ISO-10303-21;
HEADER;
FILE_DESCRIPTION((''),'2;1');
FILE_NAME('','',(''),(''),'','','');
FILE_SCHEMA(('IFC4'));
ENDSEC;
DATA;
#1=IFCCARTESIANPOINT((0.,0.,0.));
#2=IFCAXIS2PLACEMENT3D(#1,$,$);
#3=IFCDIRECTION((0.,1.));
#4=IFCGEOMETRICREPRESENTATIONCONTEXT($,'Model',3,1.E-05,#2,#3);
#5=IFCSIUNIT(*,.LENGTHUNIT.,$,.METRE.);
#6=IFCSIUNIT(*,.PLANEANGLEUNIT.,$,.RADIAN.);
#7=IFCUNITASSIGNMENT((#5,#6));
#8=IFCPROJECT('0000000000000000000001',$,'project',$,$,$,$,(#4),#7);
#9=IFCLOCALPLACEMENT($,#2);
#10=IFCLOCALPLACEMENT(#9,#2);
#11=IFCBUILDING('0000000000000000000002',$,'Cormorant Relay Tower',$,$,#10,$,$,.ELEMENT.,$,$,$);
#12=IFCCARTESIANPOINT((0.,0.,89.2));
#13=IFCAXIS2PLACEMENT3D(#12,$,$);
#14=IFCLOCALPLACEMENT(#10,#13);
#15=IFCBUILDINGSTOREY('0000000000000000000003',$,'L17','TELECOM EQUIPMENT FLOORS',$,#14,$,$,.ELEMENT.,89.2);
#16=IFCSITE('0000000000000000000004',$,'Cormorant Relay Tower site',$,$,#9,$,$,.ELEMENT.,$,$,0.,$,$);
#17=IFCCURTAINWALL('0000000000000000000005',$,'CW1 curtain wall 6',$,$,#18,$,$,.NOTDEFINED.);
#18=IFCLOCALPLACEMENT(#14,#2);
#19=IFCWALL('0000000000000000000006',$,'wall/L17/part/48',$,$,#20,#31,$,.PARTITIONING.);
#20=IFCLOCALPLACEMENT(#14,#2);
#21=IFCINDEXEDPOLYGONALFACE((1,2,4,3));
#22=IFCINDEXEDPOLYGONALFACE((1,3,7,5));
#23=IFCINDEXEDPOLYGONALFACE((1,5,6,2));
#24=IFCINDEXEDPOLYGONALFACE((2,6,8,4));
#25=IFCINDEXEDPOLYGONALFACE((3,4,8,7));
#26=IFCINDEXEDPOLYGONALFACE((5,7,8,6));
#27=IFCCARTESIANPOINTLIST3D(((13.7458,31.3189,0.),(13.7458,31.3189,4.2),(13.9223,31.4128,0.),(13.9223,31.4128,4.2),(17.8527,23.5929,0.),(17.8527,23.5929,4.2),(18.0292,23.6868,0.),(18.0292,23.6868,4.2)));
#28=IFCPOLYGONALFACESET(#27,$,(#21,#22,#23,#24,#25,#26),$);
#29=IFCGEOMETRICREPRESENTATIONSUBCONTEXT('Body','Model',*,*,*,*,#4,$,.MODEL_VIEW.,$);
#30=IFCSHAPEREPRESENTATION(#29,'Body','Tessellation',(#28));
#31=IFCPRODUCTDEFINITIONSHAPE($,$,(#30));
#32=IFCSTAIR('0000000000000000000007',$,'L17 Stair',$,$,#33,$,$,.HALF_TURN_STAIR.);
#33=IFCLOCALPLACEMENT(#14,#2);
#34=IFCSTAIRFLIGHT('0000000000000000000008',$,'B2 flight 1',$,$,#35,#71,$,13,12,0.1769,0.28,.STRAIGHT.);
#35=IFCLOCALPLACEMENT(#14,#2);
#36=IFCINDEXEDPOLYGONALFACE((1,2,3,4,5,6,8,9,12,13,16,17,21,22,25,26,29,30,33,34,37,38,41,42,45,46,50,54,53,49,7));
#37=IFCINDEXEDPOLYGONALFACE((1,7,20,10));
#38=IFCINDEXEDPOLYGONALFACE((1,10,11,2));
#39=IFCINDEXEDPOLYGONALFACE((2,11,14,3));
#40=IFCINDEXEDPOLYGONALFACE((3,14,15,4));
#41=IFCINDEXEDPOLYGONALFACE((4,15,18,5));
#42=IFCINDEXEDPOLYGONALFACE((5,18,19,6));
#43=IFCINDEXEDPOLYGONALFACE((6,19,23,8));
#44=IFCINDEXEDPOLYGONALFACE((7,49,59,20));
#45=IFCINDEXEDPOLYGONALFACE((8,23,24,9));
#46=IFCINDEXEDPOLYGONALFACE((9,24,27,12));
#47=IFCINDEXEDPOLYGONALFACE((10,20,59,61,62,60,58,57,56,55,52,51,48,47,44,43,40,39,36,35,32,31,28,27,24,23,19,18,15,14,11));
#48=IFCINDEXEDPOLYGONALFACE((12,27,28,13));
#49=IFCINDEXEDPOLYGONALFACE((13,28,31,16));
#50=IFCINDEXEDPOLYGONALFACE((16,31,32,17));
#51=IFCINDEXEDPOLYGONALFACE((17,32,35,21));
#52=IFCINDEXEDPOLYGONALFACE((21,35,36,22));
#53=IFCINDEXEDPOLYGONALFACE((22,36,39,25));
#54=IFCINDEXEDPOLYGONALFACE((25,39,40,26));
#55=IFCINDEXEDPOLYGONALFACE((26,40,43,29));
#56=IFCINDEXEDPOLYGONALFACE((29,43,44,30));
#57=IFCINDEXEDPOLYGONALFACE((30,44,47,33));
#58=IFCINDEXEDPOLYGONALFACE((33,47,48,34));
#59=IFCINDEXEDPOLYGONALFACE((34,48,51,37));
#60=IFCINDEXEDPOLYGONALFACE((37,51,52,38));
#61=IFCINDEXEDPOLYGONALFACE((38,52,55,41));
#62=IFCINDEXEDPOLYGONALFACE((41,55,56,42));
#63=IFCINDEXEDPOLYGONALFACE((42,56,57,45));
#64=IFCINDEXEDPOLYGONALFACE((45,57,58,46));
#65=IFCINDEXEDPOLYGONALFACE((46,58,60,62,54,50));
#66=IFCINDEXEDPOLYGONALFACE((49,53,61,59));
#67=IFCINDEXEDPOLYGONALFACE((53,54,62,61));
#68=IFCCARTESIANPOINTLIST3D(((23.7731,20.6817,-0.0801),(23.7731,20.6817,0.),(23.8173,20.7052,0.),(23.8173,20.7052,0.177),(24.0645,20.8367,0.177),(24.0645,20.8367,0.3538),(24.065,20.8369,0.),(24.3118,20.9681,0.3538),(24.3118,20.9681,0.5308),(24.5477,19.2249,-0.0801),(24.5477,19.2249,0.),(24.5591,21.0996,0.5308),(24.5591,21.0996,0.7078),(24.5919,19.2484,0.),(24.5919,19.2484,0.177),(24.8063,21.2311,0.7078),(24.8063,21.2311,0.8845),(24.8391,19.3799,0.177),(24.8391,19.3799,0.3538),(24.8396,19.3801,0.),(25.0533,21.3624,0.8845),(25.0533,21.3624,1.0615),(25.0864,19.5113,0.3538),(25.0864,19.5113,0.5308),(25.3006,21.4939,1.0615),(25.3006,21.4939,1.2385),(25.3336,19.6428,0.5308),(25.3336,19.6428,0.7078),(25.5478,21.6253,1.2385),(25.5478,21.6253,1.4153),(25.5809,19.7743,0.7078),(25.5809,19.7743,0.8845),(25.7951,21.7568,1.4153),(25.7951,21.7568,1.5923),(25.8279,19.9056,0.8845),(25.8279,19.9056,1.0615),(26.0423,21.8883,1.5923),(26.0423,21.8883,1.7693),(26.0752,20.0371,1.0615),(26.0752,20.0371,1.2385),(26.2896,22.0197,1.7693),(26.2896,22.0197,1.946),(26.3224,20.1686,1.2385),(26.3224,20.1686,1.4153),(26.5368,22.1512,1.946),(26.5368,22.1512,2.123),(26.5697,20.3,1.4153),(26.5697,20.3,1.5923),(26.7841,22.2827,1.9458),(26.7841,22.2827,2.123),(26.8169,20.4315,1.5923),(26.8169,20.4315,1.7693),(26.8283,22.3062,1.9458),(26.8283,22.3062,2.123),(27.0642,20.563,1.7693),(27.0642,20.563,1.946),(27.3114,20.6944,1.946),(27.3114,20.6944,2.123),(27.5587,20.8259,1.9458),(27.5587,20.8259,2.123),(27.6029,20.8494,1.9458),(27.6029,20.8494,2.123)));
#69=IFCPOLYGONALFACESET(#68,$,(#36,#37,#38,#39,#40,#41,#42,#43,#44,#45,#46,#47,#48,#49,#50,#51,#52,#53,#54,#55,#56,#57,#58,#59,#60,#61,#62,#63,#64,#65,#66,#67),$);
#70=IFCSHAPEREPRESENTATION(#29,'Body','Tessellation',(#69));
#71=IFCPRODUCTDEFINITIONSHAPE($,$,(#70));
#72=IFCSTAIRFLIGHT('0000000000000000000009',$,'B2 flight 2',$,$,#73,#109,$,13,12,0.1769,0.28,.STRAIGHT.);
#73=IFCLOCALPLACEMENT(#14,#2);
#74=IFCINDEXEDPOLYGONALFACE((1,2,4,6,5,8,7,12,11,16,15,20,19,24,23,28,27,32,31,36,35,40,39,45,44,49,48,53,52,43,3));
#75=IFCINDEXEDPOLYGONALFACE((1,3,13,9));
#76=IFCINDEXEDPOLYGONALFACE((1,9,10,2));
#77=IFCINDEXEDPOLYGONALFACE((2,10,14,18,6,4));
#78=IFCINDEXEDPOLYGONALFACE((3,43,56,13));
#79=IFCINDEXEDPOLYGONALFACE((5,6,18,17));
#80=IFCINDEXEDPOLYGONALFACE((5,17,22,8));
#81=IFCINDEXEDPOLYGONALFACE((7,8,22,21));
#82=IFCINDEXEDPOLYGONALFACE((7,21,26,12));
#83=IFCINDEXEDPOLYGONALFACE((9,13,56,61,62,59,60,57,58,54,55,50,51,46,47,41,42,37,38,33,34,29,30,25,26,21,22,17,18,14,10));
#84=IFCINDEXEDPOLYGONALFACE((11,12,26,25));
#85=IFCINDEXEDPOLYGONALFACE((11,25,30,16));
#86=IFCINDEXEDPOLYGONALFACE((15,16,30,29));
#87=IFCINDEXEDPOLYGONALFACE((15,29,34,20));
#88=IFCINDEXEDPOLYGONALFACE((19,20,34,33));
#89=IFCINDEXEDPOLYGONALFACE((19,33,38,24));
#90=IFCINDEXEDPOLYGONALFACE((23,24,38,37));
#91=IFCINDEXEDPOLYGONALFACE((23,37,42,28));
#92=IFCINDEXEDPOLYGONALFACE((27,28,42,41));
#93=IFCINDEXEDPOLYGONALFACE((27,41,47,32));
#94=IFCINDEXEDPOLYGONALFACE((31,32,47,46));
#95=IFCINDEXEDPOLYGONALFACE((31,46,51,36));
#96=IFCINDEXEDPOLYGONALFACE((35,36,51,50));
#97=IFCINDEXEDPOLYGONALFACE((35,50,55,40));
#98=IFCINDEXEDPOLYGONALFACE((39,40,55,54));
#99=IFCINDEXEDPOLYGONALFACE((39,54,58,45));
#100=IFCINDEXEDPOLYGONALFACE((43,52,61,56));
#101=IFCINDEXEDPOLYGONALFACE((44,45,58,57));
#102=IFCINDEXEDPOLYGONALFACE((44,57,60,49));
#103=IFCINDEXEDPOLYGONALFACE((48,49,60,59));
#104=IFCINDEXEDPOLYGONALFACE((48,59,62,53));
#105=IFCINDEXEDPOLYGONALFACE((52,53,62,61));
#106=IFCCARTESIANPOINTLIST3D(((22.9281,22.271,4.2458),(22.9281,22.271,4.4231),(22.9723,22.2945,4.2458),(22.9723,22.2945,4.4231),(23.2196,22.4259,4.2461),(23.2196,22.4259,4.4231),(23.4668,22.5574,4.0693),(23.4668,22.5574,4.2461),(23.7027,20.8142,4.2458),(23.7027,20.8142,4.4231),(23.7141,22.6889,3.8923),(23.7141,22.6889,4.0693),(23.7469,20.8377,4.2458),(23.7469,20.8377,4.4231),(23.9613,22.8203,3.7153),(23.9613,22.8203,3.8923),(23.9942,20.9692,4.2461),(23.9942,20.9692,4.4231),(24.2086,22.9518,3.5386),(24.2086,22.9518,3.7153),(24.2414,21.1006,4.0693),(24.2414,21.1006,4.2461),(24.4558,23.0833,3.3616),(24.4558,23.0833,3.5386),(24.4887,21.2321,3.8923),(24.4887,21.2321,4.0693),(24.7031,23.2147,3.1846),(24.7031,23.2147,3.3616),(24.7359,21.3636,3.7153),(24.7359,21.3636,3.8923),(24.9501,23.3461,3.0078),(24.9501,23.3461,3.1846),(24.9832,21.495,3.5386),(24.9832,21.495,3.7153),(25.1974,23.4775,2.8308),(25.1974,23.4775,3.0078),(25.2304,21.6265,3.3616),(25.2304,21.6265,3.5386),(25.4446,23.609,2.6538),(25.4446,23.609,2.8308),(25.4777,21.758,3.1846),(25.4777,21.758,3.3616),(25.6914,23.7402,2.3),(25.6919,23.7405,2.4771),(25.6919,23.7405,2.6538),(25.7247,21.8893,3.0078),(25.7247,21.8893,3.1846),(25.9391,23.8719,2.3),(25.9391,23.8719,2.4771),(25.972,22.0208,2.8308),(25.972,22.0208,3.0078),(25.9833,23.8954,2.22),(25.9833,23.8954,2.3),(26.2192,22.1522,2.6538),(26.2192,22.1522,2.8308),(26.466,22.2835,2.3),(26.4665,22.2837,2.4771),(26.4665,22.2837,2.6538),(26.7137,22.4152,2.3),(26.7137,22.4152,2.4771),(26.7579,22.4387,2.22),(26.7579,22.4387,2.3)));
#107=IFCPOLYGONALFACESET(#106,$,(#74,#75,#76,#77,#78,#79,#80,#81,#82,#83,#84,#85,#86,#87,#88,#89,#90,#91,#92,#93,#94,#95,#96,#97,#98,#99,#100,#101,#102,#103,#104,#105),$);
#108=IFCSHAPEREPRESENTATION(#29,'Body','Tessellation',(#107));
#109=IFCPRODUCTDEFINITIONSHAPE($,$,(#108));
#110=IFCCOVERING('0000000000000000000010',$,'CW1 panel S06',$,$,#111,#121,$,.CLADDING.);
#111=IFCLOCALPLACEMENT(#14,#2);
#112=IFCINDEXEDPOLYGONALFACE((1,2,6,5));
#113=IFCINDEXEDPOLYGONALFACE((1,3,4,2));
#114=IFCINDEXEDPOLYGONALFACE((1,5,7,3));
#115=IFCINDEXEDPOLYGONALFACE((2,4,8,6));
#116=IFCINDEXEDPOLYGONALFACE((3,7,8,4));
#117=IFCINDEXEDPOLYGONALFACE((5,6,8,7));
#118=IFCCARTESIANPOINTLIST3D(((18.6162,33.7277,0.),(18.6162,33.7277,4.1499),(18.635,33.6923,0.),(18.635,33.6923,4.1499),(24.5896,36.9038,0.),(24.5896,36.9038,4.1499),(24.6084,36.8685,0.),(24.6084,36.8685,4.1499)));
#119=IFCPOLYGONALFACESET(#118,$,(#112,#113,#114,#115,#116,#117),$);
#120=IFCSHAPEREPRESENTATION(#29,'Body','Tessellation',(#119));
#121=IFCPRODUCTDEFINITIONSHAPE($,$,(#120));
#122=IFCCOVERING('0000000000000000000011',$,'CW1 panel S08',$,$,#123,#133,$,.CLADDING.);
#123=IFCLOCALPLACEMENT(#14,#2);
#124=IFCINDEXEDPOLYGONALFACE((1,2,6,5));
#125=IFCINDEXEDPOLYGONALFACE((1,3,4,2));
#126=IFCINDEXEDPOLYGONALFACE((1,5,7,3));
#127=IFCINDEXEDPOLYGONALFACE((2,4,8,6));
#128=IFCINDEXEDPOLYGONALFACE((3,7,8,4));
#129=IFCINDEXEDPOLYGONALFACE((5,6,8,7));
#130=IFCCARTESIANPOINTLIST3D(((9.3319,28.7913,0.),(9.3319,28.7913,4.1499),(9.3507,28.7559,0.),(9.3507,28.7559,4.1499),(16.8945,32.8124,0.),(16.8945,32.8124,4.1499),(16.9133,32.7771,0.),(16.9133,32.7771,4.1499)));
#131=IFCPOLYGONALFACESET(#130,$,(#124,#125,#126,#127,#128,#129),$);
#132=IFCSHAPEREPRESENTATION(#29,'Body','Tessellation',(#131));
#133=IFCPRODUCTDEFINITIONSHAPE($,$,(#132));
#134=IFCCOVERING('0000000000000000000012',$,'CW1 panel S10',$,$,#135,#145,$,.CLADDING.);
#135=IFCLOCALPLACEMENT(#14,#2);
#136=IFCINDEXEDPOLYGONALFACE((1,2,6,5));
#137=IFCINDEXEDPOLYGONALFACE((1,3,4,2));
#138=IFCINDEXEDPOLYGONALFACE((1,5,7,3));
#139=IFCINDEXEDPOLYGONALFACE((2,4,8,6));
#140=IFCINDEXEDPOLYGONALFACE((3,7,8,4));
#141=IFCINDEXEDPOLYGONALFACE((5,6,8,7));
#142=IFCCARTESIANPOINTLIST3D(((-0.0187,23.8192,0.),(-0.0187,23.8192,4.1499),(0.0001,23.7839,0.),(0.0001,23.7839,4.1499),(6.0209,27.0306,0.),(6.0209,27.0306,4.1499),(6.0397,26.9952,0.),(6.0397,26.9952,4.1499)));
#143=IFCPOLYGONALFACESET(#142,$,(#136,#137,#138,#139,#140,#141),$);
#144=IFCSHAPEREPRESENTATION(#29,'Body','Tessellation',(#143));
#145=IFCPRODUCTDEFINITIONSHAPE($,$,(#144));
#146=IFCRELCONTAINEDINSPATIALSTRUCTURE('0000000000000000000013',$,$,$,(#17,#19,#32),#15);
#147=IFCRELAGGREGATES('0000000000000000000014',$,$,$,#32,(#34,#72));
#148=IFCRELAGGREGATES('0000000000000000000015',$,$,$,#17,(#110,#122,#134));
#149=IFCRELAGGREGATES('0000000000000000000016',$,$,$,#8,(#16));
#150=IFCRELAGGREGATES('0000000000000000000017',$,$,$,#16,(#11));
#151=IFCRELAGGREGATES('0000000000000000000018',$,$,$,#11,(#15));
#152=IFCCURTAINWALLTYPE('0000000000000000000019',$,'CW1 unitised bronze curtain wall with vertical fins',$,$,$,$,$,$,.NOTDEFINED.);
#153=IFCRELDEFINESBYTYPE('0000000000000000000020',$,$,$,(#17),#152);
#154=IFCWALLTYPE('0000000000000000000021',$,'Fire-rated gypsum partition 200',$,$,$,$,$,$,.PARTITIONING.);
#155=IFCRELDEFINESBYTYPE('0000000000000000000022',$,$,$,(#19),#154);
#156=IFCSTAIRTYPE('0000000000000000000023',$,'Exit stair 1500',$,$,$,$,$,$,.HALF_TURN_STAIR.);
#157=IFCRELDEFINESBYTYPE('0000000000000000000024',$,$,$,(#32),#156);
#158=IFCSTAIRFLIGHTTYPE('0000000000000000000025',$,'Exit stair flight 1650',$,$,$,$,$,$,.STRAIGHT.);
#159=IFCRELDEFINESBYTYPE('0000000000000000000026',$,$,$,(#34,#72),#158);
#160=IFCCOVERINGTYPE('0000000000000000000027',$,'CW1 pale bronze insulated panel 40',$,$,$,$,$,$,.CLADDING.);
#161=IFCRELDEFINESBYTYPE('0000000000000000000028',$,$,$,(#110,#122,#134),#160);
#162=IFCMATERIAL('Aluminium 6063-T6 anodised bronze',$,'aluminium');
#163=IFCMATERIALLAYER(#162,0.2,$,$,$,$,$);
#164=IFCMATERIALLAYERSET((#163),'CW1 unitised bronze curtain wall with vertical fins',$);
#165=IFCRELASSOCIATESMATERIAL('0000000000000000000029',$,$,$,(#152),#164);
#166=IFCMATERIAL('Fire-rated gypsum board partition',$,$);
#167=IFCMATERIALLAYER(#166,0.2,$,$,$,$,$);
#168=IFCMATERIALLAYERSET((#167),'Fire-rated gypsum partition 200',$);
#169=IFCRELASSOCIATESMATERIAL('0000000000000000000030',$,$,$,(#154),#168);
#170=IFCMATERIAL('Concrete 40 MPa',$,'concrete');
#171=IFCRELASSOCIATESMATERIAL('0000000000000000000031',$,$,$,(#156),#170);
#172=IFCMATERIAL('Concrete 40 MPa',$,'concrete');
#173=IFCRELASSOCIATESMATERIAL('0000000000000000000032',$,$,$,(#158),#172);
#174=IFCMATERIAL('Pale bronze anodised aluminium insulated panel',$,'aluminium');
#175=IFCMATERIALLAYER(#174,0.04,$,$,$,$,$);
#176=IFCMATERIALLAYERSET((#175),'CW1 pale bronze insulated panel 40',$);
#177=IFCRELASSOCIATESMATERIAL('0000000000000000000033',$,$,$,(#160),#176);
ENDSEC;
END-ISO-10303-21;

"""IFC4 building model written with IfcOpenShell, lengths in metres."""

from ifc_helpers import new_model, si_unit, direction, frame, frame_2d, origin, origin_2d, place, context, subcontext, project, spatial, polyline, rectangle, outline, extrude, material, layer, layer_set, type_object, element, aggregate, save


model = new_model("IFC4")

# Units and contexts
model_context = context("Model", 3, precision=1e-05, world=origin(), true_north=direction((0.0, 1.0)))
body_context = subcontext(model_context, "Body", "Model", "MODEL_VIEW")
ifc_project = project(units=[si_unit("LENGTHUNIT", "METRE"), si_unit("PLANEANGLEUNIT", "RADIAN")], contexts=[model_context])

# Site, building, storey
site_placement = place(None, origin())
site = spatial("IfcSite", under=ifc_project, at=site_placement, Name="Cormorant Relay Tower site", CompositionType="ELEMENT", RefElevation=0.0)
building_placement = place(site_placement, origin())
building = spatial("IfcBuilding", under=site, at=building_placement, Name="Cormorant Relay Tower", CompositionType="ELEMENT")
storey_placement = place(building_placement, frame((0.0, 0.0, 89.2)))
storey = spatial("IfcBuildingStorey", under=building, at=storey_placement, Name="L17", Description="TELECOM EQUIPMENT FLOORS", CompositionType="ELEMENT", Elevation=89.2)

# Curtain wall
ifc_material_1 = material(Name="Aluminium 6063-T6 anodised bronze", Category="aluminium")
ifc_layer_1 = layer(ifc_material_1, 0.2)
ifc_layer_set_1 = layer_set([ifc_layer_1], Name="CW1 unitised bronze curtain wall with vertical fins")
curtain_wall_type = type_object("IfcCurtainWallType", Name="CW1 unitised bronze curtain wall with vertical fins", PredefinedType="NOTDEFINED", material=ifc_layer_set_1)
curtain_wall_1_placement = place(storey_placement, origin())
curtain_wall_1 = element("IfcCurtainWall", 1, at=curtain_wall_1_placement, inside=storey, type_object=curtain_wall_type, Name="CW1 curtain wall 6", PredefinedType="NOTDEFINED")

# Wall
ifc_material_2 = material(Name="Fire-rated gypsum board partition")
ifc_layer_2 = layer(ifc_material_2, 0.2)
ifc_layer_set_2 = layer_set([ifc_layer_2], Name="Fire-rated gypsum partition 200")
wall_type_1 = type_object("IfcWallType", Name="Fire-rated gypsum partition 200", PredefinedType="PARTITIONING", material=ifc_layer_set_2)
wall_1_placement = place(storey_placement, frame((13.834, 31.366, 0.0), z_axis=(0.0, 0.0, 1.0), x_axis=(0.469374, -0.882999, 0.0)))
element("IfcWall", 2, at=wall_1_placement, inside=storey, type_object=wall_type_1, Name="wall/L17/part/48", PredefinedType="PARTITIONING", context=body_context, shape_type="SweptSolid", body=[
    extrude(rectangle(XDim=8.7498, YDim=0.2, at=frame_2d((4.375, 0.0))), origin(), (0.0, 0.0, 1.0), 4.2),
])

# Stair, stair flights
ifc_material_3 = material(Name="Concrete 40 MPa", Category="concrete")
stair_type = type_object("IfcStairType", Name="Exit stair 1500", PredefinedType="HALF_TURN_STAIR", material=ifc_material_3)
stair_placement = place(storey_placement, origin())
stair = element("IfcStair", 3, at=stair_placement, inside=storey, type_object=stair_type, Name="L17 Stair", PredefinedType="HALF_TURN_STAIR")
ifc_material_4 = material(Name="Concrete 40 MPa", Category="concrete")
stair_flight_type = type_object("IfcStairFlightType", Name="Exit stair flight 1650", PredefinedType="STRAIGHT", material=ifc_material_4)
stair_flight_1_placement = place(storey_placement, frame((24.2046, 19.9768, 0.0), z_axis=(0.0, 0.0, 1.0), x_axis=(0.882948, 0.469472, 0.0)))
stair_flight_1 = element("IfcStairFlight", 4, at=stair_flight_1_placement, type_object=stair_flight_type, Name="B2 flight 1", NumberOfRisers=13, NumberOfTreads=12, PredefinedType="STRAIGHT", RiserHeight=0.1769, TreadLength=0.28, context=body_context, shape_type="SweptSolid", body=[
    extrude(outline(polyline([(-0.05, -0.0801), (-0.05, 0.0), (0.0, 0.0), (0.0, 0.177), (0.28, 0.177), (0.28, 0.3538), (0.5601, 0.3538), (0.5601, 0.5308), (0.8401, 0.5308), (0.8401, 0.7078), (1.1201, 0.7078), (1.1201, 0.8845), (1.3999, 0.8845), (1.3999, 1.0615), (1.6799, 1.0615), (1.6799, 1.2385), (1.96, 1.2385), (1.96, 1.4153), (2.24, 1.4153), (2.24, 1.5923), (2.52, 1.5923), (2.52, 1.7693), (2.8, 1.7693), (2.8, 1.946), (3.0801, 1.946), (3.0801, 2.123), (3.3601, 2.123), (3.4102, 2.123), (3.4102, 1.9458), (3.3601, 1.9458), (0.2805, 0.0), (-0.05, -0.0801)])), frame((0.0, 0.825, 0.0), z_axis=(0.0, -1.0, 0.0), x_axis=(1.0, 0.0, 0.0)), (0.0, 0.0, 1.0), 1.6499),
])
stair_flight_2_placement = place(storey_placement, frame((26.3264, 23.1436, 2.3), z_axis=(0.0, 0.0, 1.0), x_axis=(-0.882948, -0.469472, 0.0)))
stair_flight_2 = element("IfcStairFlight", 5, at=stair_flight_2_placement, type_object=stair_flight_type, Name="B2 flight 2", NumberOfRisers=13, NumberOfTreads=12, PredefinedType="STRAIGHT", RiserHeight=0.1769, TreadLength=0.28, context=body_context, shape_type="SweptSolid", body=[
    extrude(outline(polyline([(-0.05, -0.0801), (-0.05, 0.0), (0.0, 0.0), (0.0, 0.177), (0.28, 0.177), (0.28, 0.3538), (0.5601, 0.3538), (0.5601, 0.5308), (0.8401, 0.5308), (0.8401, 0.7078), (1.1201, 0.7078), (1.1201, 0.8845), (1.3999, 0.8845), (1.3999, 1.0615), (1.6799, 1.0615), (1.6799, 1.2385), (1.96, 1.2385), (1.96, 1.4153), (2.24, 1.4153), (2.24, 1.5923), (2.52, 1.5923), (2.52, 1.7693), (2.8, 1.7693), (2.8, 1.946), (3.0801, 1.946), (3.0801, 2.123), (3.3601, 2.123), (3.4102, 2.123), (3.4102, 1.9458), (3.3601, 1.9458), (0.2805, 0.0), (-0.05, -0.0801)])), frame((0.0, 0.825, 0.0), z_axis=(0.0, -1.0, 0.0), x_axis=(1.0, 0.0, 0.0)), (0.0, 0.0, 1.0), 1.6499),
])
aggregate(stair, [stair_flight_1, stair_flight_2])

# Coverings
ifc_material_5 = material(Name="Pale bronze anodised aluminium insulated panel", Category="aluminium")
ifc_layer_3 = layer(ifc_material_5, 0.04)
ifc_layer_set_3 = layer_set([ifc_layer_3], Name="CW1 pale bronze insulated panel 40")
covering_type = type_object("IfcCoveringType", Name="CW1 pale bronze insulated panel 40", PredefinedType="CLADDING", material=ifc_layer_set_3)
covering_1_placement = place(storey_placement, frame((21.6123, 35.2981, 0.0), z_axis=(0.0, 0.0, 1.0), x_axis=(-0.882948, -0.469472, 0.0)))
covering_1 = element("IfcCovering", 6, at=covering_1_placement, type_object=covering_type, Name="CW1 panel S06", PredefinedType="CLADDING", context=body_context, shape_type="SweptSolid", body=[
    extrude(rectangle(XDim=6.7654, YDim=0.04, at=origin_2d()), origin(), (0.0, 0.0, 1.0), 4.1499),
])
covering_2_placement = place(storey_placement, frame((13.1226, 30.7842, 0.0), z_axis=(0.0, 0.0, 1.0), x_axis=(-0.882948, -0.469472, 0.0)))
covering_2 = element("IfcCovering", 7, at=covering_2_placement, type_object=covering_type, Name="CW1 panel S08", PredefinedType="CLADDING", context=body_context, shape_type="SweptSolid", body=[
    extrude(rectangle(XDim=8.5652, YDim=0.04, at=origin_2d()), origin(), (0.0, 0.0, 1.0), 4.1499),
])
covering_3_placement = place(storey_placement, frame((3.0105, 25.4072, 0.0), z_axis=(0.0, 0.0, 1.0), x_axis=(-0.882948, -0.469472, 0.0)))
covering_3 = element("IfcCovering", 8, at=covering_3_placement, type_object=covering_type, Name="CW1 panel S10", PredefinedType="CLADDING", context=body_context, shape_type="SweptSolid", body=[
    extrude(rectangle(XDim=6.8403, YDim=0.04, at=origin_2d()), origin(), (0.0, 0.0, 1.0), 4.1499),
])
aggregate(curtain_wall_1, [covering_1, covering_2, covering_3])

save(model, "model.ifc")
